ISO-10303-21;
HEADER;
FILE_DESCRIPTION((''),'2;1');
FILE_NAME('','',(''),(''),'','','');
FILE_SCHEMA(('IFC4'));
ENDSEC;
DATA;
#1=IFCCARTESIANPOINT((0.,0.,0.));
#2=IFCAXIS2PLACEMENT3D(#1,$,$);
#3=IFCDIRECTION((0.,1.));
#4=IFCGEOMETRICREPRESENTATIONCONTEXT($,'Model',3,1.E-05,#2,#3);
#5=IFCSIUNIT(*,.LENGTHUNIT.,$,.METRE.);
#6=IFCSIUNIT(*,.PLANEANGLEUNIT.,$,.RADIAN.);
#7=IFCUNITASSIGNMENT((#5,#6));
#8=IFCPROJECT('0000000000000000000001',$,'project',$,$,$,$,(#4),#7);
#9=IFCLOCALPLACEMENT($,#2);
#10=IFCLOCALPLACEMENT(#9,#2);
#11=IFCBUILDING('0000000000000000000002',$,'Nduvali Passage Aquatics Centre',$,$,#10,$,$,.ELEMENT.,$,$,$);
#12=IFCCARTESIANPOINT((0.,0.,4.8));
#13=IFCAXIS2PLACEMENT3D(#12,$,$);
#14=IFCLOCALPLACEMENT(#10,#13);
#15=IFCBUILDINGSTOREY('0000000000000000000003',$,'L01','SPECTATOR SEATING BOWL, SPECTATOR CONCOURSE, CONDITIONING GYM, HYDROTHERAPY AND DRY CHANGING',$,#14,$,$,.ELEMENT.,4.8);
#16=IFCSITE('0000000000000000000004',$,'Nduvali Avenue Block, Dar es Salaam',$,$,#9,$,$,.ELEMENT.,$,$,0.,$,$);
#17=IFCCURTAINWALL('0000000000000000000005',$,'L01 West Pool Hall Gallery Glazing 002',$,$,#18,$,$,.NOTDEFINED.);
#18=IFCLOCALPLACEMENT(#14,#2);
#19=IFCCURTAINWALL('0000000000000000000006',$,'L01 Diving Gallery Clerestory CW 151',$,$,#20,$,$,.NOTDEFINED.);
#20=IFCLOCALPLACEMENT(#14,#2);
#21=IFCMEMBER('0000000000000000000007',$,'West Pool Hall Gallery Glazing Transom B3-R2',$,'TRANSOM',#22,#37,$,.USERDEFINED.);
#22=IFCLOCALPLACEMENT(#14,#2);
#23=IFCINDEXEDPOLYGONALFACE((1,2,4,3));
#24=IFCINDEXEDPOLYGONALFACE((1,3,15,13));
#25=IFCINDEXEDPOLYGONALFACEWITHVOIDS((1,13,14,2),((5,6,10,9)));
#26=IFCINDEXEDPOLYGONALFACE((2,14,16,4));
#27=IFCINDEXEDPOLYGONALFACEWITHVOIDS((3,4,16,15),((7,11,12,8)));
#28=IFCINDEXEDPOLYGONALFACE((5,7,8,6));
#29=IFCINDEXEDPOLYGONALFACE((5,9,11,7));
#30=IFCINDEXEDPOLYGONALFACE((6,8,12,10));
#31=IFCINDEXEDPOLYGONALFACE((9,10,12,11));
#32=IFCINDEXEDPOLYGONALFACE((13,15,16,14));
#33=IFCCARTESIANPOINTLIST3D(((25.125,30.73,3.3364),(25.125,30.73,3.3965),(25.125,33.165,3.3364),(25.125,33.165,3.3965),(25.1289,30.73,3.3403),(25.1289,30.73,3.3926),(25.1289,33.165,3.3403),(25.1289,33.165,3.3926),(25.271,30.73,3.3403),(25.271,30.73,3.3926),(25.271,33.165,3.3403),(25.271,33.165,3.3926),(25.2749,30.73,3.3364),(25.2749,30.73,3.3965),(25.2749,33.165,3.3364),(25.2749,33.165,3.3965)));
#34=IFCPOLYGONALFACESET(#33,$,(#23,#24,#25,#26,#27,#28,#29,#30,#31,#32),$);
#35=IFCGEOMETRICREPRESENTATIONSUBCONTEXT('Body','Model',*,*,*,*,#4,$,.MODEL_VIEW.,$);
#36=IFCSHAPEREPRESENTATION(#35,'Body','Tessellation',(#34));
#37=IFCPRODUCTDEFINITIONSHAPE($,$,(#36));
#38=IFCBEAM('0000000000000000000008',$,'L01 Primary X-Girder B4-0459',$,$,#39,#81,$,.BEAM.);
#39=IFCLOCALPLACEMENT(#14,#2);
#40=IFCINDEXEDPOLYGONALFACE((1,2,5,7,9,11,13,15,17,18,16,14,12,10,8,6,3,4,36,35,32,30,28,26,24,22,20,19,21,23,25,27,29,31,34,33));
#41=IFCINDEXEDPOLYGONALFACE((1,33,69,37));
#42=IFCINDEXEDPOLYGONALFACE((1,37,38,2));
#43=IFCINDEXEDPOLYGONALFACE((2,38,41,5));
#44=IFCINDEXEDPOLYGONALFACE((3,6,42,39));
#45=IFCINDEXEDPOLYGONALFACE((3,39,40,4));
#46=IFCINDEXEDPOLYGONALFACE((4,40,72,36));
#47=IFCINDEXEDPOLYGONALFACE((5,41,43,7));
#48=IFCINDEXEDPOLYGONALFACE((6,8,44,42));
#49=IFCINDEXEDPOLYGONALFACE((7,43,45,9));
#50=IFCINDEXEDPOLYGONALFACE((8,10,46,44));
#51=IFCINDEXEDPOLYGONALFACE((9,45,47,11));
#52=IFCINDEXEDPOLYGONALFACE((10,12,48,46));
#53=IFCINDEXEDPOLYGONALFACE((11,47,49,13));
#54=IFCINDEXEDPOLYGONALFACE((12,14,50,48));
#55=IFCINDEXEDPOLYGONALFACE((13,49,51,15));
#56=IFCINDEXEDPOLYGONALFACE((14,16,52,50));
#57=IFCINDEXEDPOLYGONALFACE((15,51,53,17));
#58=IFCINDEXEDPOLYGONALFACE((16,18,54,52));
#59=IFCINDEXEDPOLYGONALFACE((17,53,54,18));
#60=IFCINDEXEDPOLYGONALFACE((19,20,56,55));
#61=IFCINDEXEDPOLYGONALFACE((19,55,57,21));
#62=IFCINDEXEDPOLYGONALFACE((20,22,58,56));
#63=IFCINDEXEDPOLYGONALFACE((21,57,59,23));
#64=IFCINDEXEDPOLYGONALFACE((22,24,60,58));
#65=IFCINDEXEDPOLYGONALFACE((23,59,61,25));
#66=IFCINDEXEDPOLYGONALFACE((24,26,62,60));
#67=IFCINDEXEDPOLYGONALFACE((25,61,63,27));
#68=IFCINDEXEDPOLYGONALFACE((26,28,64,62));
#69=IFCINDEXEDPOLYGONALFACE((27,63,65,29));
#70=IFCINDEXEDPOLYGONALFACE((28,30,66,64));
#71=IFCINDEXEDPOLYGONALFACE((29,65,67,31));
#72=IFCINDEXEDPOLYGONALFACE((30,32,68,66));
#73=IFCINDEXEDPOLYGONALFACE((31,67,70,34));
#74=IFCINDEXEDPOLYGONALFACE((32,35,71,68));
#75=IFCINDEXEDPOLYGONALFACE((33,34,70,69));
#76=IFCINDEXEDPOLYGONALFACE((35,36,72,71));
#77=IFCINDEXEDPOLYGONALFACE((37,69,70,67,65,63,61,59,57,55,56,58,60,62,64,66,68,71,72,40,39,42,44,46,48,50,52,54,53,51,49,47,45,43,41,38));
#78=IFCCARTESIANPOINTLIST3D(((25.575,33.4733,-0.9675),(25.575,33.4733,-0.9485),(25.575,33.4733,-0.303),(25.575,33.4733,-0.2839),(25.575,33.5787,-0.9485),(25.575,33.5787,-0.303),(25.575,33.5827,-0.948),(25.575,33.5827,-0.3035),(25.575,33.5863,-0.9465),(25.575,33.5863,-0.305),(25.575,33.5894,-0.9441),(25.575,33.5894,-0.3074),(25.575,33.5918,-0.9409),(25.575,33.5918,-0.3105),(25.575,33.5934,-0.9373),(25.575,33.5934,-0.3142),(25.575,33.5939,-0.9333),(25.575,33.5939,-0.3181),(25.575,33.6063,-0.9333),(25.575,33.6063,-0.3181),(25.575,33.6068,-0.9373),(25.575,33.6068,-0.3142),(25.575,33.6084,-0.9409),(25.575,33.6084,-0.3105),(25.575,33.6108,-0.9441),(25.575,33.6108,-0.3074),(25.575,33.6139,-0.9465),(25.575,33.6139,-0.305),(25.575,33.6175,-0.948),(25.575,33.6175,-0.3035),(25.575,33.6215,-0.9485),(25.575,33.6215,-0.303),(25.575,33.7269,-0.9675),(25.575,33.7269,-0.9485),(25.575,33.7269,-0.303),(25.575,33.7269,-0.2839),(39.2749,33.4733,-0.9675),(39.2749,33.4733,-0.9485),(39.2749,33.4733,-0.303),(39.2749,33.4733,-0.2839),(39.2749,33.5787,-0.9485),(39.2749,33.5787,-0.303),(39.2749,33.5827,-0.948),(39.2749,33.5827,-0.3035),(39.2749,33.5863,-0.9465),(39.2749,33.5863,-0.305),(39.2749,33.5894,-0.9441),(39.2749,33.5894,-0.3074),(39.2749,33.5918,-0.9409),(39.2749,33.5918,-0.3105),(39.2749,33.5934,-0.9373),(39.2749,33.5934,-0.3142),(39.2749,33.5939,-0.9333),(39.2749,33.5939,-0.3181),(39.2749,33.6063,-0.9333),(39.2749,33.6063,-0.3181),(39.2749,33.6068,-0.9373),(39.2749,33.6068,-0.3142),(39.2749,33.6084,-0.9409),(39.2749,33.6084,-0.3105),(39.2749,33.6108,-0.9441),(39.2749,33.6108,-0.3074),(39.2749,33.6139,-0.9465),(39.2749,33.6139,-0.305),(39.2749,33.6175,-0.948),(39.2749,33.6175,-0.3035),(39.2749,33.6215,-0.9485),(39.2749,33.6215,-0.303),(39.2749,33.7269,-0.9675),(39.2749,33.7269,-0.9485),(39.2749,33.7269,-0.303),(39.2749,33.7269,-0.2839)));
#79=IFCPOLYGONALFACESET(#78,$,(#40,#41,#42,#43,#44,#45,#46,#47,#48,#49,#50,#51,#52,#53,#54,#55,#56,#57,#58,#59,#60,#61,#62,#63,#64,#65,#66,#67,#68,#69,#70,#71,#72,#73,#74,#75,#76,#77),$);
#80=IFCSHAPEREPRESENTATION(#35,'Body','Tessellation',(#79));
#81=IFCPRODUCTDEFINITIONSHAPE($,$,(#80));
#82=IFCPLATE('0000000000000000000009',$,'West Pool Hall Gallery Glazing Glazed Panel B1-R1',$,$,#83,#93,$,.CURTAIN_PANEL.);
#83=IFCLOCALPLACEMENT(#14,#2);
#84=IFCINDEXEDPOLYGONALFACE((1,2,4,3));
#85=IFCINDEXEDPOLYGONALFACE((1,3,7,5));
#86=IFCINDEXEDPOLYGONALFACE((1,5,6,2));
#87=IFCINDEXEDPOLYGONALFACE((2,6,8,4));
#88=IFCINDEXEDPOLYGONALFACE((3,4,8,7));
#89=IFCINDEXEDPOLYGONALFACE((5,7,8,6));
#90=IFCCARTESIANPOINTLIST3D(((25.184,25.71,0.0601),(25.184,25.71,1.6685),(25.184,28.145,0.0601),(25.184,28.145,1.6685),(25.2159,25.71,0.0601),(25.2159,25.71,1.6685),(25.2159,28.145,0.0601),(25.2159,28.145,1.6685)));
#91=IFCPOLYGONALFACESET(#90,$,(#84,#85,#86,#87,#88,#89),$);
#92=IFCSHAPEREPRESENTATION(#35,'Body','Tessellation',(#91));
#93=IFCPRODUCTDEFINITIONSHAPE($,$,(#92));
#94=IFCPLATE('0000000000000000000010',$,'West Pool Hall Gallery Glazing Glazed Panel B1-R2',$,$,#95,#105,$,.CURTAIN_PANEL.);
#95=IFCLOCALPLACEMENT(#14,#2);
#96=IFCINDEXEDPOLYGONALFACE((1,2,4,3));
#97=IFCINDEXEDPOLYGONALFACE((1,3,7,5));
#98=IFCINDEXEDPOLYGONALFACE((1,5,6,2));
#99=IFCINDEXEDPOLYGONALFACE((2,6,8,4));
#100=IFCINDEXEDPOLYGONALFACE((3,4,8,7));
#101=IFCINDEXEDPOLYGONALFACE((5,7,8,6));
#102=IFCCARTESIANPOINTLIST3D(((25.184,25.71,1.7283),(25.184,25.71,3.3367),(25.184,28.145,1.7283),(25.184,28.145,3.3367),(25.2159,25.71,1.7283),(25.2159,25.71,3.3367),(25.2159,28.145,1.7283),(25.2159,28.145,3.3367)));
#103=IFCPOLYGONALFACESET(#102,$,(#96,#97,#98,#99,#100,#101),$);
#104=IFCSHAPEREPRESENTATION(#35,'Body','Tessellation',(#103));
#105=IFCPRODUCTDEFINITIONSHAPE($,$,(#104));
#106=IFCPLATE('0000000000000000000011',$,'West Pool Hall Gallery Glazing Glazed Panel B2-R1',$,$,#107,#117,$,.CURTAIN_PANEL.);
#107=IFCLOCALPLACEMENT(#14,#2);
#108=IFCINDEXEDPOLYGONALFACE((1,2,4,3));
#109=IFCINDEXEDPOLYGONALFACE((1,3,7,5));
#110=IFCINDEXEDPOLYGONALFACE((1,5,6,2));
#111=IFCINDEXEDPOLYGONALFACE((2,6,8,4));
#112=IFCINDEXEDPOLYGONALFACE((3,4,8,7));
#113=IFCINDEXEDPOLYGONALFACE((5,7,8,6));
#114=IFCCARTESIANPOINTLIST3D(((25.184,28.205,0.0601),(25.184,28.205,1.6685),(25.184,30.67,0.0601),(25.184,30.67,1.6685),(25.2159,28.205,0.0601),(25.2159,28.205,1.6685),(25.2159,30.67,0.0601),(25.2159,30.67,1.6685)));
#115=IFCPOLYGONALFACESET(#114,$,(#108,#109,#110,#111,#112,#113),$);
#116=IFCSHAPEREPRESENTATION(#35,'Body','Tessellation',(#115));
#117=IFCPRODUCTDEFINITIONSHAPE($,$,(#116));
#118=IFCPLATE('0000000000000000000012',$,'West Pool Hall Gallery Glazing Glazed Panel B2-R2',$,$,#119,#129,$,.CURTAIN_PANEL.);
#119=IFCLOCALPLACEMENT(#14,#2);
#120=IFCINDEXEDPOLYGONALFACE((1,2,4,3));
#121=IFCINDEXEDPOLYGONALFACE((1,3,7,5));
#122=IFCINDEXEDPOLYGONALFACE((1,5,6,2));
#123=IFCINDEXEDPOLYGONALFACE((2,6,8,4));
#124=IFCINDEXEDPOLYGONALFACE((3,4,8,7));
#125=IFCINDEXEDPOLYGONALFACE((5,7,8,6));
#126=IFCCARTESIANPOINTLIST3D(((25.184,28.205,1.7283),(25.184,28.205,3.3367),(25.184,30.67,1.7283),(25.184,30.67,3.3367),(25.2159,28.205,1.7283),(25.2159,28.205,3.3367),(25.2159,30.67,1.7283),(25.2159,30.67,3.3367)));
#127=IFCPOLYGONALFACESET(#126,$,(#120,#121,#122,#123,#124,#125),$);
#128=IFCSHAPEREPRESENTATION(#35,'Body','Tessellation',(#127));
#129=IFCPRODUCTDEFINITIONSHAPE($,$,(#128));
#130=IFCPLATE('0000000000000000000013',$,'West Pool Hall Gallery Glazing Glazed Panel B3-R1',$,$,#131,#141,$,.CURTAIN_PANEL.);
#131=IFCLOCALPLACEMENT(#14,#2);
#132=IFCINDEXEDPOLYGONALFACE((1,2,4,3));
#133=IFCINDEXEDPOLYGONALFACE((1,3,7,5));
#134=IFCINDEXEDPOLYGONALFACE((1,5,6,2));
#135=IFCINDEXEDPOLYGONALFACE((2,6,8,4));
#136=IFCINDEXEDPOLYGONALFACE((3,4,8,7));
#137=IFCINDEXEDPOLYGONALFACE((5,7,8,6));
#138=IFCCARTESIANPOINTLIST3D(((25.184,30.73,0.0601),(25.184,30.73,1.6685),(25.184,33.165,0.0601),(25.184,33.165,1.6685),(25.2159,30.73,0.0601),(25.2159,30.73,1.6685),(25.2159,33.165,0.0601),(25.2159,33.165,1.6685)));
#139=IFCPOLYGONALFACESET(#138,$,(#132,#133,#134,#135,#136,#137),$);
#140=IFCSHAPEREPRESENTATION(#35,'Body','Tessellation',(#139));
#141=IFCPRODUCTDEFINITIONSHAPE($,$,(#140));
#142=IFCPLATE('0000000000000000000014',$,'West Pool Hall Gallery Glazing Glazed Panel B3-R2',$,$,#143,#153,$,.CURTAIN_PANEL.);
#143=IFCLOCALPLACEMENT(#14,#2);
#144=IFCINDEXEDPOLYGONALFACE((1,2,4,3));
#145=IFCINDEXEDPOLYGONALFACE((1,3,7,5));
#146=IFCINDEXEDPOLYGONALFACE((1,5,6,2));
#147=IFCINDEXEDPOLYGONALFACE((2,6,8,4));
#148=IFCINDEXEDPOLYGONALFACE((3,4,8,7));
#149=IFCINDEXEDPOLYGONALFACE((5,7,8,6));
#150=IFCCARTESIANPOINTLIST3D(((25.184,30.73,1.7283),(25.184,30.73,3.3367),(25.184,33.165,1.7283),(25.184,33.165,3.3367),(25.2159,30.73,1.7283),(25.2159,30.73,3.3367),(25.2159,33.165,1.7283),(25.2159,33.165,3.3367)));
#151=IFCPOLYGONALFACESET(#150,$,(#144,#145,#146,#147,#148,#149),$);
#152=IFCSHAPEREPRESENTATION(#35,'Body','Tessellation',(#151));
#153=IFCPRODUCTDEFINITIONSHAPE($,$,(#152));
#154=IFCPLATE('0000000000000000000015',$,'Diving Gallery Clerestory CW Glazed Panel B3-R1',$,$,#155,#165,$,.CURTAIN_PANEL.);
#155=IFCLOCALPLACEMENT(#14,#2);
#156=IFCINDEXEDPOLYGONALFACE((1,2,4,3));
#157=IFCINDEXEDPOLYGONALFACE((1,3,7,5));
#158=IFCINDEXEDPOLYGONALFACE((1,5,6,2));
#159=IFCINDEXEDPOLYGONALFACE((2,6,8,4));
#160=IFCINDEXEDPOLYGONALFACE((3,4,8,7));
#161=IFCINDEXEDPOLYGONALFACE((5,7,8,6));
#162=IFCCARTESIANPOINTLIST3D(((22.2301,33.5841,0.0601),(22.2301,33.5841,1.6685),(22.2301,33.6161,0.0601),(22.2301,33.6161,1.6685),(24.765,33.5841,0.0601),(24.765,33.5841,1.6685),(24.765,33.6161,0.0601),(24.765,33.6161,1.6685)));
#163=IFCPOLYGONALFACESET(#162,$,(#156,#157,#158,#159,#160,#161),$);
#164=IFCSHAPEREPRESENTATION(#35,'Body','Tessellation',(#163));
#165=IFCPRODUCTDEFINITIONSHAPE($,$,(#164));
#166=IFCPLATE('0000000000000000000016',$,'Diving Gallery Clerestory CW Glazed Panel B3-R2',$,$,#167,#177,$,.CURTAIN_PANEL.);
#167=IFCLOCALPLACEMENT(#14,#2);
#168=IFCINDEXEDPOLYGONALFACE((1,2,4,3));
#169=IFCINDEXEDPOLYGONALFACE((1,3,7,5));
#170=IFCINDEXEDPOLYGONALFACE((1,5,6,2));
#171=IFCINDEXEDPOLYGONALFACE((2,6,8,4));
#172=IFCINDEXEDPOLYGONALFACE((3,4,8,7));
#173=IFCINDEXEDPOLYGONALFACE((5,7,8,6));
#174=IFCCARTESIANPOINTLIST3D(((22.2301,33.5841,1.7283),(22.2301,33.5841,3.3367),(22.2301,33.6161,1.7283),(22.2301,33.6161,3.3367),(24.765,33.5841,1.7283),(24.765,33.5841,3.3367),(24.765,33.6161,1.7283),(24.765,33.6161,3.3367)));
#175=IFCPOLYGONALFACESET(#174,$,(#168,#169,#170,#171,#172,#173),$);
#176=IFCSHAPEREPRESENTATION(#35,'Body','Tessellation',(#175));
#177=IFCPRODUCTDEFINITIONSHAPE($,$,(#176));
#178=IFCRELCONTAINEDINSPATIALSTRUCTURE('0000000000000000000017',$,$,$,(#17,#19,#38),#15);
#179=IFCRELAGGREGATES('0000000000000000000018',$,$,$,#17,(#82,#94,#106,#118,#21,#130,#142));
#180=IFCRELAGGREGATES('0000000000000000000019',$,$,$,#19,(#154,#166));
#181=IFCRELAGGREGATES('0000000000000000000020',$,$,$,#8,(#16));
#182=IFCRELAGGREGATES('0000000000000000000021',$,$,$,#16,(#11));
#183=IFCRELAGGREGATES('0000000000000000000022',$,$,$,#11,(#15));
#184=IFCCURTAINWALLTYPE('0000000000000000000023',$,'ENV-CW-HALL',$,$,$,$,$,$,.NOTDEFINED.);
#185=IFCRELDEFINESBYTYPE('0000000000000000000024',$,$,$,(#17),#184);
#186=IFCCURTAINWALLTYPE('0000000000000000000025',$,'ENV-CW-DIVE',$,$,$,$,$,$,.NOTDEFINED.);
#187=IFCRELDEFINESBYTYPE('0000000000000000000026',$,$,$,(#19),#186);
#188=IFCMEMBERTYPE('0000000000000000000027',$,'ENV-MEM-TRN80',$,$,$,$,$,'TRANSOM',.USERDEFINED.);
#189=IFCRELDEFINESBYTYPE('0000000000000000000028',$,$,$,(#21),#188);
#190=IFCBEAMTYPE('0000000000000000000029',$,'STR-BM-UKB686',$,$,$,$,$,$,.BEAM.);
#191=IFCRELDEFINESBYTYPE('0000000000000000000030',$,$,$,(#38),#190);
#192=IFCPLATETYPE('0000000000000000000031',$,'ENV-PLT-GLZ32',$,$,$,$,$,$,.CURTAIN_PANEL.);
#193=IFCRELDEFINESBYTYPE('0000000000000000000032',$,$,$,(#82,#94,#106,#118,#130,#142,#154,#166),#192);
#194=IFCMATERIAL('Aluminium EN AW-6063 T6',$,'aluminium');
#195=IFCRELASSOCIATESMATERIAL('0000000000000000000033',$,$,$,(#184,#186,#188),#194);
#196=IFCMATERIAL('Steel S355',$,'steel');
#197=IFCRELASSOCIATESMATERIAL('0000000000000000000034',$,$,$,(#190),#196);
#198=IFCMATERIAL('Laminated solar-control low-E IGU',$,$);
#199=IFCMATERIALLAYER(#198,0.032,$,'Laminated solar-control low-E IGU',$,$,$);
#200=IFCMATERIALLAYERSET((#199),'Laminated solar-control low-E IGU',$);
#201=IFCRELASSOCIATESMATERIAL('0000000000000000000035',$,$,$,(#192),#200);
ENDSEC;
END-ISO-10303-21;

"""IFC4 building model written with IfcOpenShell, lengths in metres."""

from ifc_helpers import new_model, si_unit, direction, frame, origin, origin_2d, place, context, subcontext, project, spatial, rectangle, hollow_rectangle, i_section, extrude, material, layer, layer_set, material_profile, profile_set, type_object, element, aggregate, save


model = new_model("IFC4")

# Units and contexts
model_context = context("Model", 3, precision=1e-05, world=origin(), true_north=direction((0.0, 1.0)))
body_context = subcontext(model_context, "Body", "Model", "MODEL_VIEW")
ifc_project = project(units=[si_unit("LENGTHUNIT", "METRE"), si_unit("PLANEANGLEUNIT", "RADIAN")], contexts=[model_context])

# Site, building, storey
site_placement = place(None, origin())
site = spatial("IfcSite", under=ifc_project, at=site_placement, Name="Nduvali Avenue Block, Dar es Salaam", CompositionType="ELEMENT", RefElevation=0.0)
building_placement = place(site_placement, origin())
building = spatial("IfcBuilding", under=site, at=building_placement, Name="Nduvali Passage Aquatics Centre", CompositionType="ELEMENT")
storey_placement = place(building_placement, frame((0.0, 0.0, 4.8)))
storey = spatial("IfcBuildingStorey", under=building, at=storey_placement, Name="L01", Description="SPECTATOR SEATING BOWL, SPECTATOR CONCOURSE, CONDITIONING GYM, HYDROTHERAPY AND DRY CHANGING", CompositionType="ELEMENT", Elevation=4.8)

# Curtain wall
ifc_material_1 = material(Name="Aluminium EN AW-6063 T6", Category="aluminium")
curtain_wall_type_1 = type_object("IfcCurtainWallType", Name="ENV-CW-HALL", PredefinedType="NOTDEFINED", material=ifc_material_1)
curtain_wall_1_placement = place(storey_placement, origin())
curtain_wall_1 = element("IfcCurtainWall", 1, at=curtain_wall_1_placement, inside=storey, type_object=curtain_wall_type_1, Name="L01 West Pool Hall Gallery Glazing 002", PredefinedType="NOTDEFINED")

# Curtain wall
curtain_wall_type_2 = type_object("IfcCurtainWallType", Name="ENV-CW-DIVE", PredefinedType="NOTDEFINED", material=ifc_material_1)
curtain_wall_2_placement = place(storey_placement, origin())
curtain_wall_2 = element("IfcCurtainWall", 2, at=curtain_wall_2_placement, inside=storey, type_object=curtain_wall_type_2, Name="L01 Diving Gallery Clerestory CW 151", PredefinedType="NOTDEFINED")

# Member
ifc_material_profile_1 = material_profile(ifc_material_1, hollow_rectangle(XDim=0.1499, YDim=0.0601, WallThickness=0.0039, at=origin_2d()), Name="ALU TRANSOM 150x60x4")
ifc_profile_set_1 = profile_set([ifc_material_profile_1], Name="Aluminium EN AW-6063 T6")
member_type_1 = type_object("IfcMemberType", Name="ENV-MEM-TRN80", ElementType="TRANSOM", PredefinedType="USERDEFINED", material=ifc_profile_set_1)
member_1_placement = place(storey_placement, frame((25.2, 30.73, 3.3665), z_axis=(0.0, 1.0, 0.0), x_axis=(-1.0, 0.0, 0.0)))
member_1 = element("IfcMember", 3, at=member_1_placement, type_object=member_type_1, Name="West Pool Hall Gallery Glazing Transom B3-R2", ObjectType="TRANSOM", PredefinedType="USERDEFINED", context=body_context, shape_type="SweptSolid", body=[
    extrude(hollow_rectangle(XDim=0.1499, YDim=0.0601, WallThickness=0.0039, at=origin_2d()), origin(), (0.0, 0.0, 1.0), 2.4351),
])

# Beam
ifc_material_2 = material(Name="Steel S355", Category="steel")
ifc_material_profile_2 = material_profile(ifc_material_2, i_section(OverallWidth=0.2537, OverallDepth=0.6836, WebThickness=0.0125, FlangeThickness=0.019, FilletRadius=0.0151, at=origin_2d()), Name="UKB 686x254x140")
ifc_profile_set_2 = profile_set([ifc_material_profile_2], Name="Steel S355")
beam_type = type_object("IfcBeamType", Name="STR-BM-UKB686", PredefinedType="BEAM", material=ifc_profile_set_2)
beam_placement = place(storey_placement, frame((25.575, 33.6001, -0.6257), z_axis=(1.0, 0.0, 0.0), x_axis=(0.0, 1.0, 0.0)))
element("IfcBeam", 4, at=beam_placement, inside=storey, type_object=beam_type, Name="L01 Primary X-Girder B4-0459", PredefinedType="BEAM", context=body_context, shape_type="SweptSolid", body=[
    extrude(i_section(OverallWidth=0.2537, OverallDepth=0.6836, WebThickness=0.0125, FlangeThickness=0.019, FilletRadius=0.0151, at=origin_2d()), origin(), (0.0, 0.0, 1.0), 13.7),
])

# Plates
ifc_material_3 = material(Name="Laminated solar-control low-E IGU")
ifc_layer = layer(ifc_material_3, 0.032, Name="Laminated solar-control low-E IGU")
ifc_layer_set = layer_set([ifc_layer], Name="Laminated solar-control low-E IGU")
plate_type = type_object("IfcPlateType", Name="ENV-PLT-GLZ32", PredefinedType="CURTAIN_PANEL", material=ifc_layer_set)
plate_1_placement = place(storey_placement, frame((25.2, 26.9275, 0.0601), z_axis=(0.0, 0.0, 1.0), x_axis=(0.0, 1.0, 0.0)))
plate_1 = element("IfcPlate", 5, at=plate_1_placement, type_object=plate_type, Name="West Pool Hall Gallery Glazing Glazed Panel B1-R1", PredefinedType="CURTAIN_PANEL", context=body_context, shape_type="SweptSolid", body=[
    extrude(rectangle(XDim=2.4351, YDim=0.032, at=origin_2d()), origin(), (0.0, 0.0, 1.0), 1.6084),
])
plate_2_placement = place(storey_placement, frame((25.2, 26.9275, 1.7283), z_axis=(0.0, 0.0, 1.0), x_axis=(0.0, 1.0, 0.0)))
plate_2 = element("IfcPlate", 6, at=plate_2_placement, type_object=plate_type, Name="West Pool Hall Gallery Glazing Glazed Panel B1-R2", PredefinedType="CURTAIN_PANEL", context=body_context, shape_type="SweptSolid", body=[
    extrude(rectangle(XDim=2.4351, YDim=0.032, at=origin_2d()), origin(), (0.0, 0.0, 1.0), 1.6084),
])
plate_3_placement = place(storey_placement, frame((25.2, 29.4375, 0.0601), z_axis=(0.0, 0.0, 1.0), x_axis=(0.0, 1.0, 0.0)))
plate_3 = element("IfcPlate", 7, at=plate_3_placement, type_object=plate_type, Name="West Pool Hall Gallery Glazing Glazed Panel B2-R1", PredefinedType="CURTAIN_PANEL", context=body_context, shape_type="SweptSolid", body=[
    extrude(rectangle(XDim=2.4651, YDim=0.032, at=origin_2d()), origin(), (0.0, 0.0, 1.0), 1.6084),
])
plate_4_placement = place(storey_placement, frame((25.2, 29.4375, 1.7283), z_axis=(0.0, 0.0, 1.0), x_axis=(0.0, 1.0, 0.0)))
plate_4 = element("IfcPlate", 8, at=plate_4_placement, type_object=plate_type, Name="West Pool Hall Gallery Glazing Glazed Panel B2-R2", PredefinedType="CURTAIN_PANEL", context=body_context, shape_type="SweptSolid", body=[
    extrude(rectangle(XDim=2.4651, YDim=0.032, at=origin_2d()), origin(), (0.0, 0.0, 1.0), 1.6084),
])
plate_5_placement = place(storey_placement, frame((25.2, 31.9475, 0.0601), z_axis=(0.0, 0.0, 1.0), x_axis=(0.0, 1.0, 0.0)))
plate_5 = element("IfcPlate", 9, at=plate_5_placement, type_object=plate_type, Name="West Pool Hall Gallery Glazing Glazed Panel B3-R1", PredefinedType="CURTAIN_PANEL", context=body_context, shape_type="SweptSolid", body=[
    extrude(rectangle(XDim=2.4351, YDim=0.032, at=origin_2d()), origin(), (0.0, 0.0, 1.0), 1.6084),
])
plate_6_placement = place(storey_placement, frame((25.2, 31.9475, 1.7283), z_axis=(0.0, 0.0, 1.0), x_axis=(0.0, 1.0, 0.0)))
plate_6 = element("IfcPlate", 10, at=plate_6_placement, type_object=plate_type, Name="West Pool Hall Gallery Glazing Glazed Panel B3-R2", PredefinedType="CURTAIN_PANEL", context=body_context, shape_type="SweptSolid", body=[
    extrude(rectangle(XDim=2.4351, YDim=0.032, at=origin_2d()), origin(), (0.0, 0.0, 1.0), 1.6084),
])
aggregate(curtain_wall_1, [plate_1, plate_2, plate_3, plate_4, member_1, plate_5, plate_6])
plate_7_placement = place(storey_placement, frame((23.4976, 33.6001, 0.0601), z_axis=(0.0, 0.0, 1.0), x_axis=(1.0, 0.0, 0.0)))
plate_7 = element("IfcPlate", 11, at=plate_7_placement, type_object=plate_type, Name="Diving Gallery Clerestory CW Glazed Panel B3-R1", PredefinedType="CURTAIN_PANEL", context=body_context, shape_type="SweptSolid", body=[
    extrude(rectangle(XDim=2.5349, YDim=0.032, at=origin_2d()), origin(), (0.0, 0.0, 1.0), 1.6084),
])
plate_8_placement = place(storey_placement, frame((23.4976, 33.6001, 1.7283), z_axis=(0.0, 0.0, 1.0), x_axis=(1.0, 0.0, 0.0)))
plate_8 = element("IfcPlate", 12, at=plate_8_placement, type_object=plate_type, Name="Diving Gallery Clerestory CW Glazed Panel B3-R2", PredefinedType="CURTAIN_PANEL", context=body_context, shape_type="SweptSolid", body=[
    extrude(rectangle(XDim=2.5349, YDim=0.032, at=origin_2d()), origin(), (0.0, 0.0, 1.0), 1.6084),
])
aggregate(curtain_wall_2, [plate_7, plate_8])

save(model, "model.ifc")
